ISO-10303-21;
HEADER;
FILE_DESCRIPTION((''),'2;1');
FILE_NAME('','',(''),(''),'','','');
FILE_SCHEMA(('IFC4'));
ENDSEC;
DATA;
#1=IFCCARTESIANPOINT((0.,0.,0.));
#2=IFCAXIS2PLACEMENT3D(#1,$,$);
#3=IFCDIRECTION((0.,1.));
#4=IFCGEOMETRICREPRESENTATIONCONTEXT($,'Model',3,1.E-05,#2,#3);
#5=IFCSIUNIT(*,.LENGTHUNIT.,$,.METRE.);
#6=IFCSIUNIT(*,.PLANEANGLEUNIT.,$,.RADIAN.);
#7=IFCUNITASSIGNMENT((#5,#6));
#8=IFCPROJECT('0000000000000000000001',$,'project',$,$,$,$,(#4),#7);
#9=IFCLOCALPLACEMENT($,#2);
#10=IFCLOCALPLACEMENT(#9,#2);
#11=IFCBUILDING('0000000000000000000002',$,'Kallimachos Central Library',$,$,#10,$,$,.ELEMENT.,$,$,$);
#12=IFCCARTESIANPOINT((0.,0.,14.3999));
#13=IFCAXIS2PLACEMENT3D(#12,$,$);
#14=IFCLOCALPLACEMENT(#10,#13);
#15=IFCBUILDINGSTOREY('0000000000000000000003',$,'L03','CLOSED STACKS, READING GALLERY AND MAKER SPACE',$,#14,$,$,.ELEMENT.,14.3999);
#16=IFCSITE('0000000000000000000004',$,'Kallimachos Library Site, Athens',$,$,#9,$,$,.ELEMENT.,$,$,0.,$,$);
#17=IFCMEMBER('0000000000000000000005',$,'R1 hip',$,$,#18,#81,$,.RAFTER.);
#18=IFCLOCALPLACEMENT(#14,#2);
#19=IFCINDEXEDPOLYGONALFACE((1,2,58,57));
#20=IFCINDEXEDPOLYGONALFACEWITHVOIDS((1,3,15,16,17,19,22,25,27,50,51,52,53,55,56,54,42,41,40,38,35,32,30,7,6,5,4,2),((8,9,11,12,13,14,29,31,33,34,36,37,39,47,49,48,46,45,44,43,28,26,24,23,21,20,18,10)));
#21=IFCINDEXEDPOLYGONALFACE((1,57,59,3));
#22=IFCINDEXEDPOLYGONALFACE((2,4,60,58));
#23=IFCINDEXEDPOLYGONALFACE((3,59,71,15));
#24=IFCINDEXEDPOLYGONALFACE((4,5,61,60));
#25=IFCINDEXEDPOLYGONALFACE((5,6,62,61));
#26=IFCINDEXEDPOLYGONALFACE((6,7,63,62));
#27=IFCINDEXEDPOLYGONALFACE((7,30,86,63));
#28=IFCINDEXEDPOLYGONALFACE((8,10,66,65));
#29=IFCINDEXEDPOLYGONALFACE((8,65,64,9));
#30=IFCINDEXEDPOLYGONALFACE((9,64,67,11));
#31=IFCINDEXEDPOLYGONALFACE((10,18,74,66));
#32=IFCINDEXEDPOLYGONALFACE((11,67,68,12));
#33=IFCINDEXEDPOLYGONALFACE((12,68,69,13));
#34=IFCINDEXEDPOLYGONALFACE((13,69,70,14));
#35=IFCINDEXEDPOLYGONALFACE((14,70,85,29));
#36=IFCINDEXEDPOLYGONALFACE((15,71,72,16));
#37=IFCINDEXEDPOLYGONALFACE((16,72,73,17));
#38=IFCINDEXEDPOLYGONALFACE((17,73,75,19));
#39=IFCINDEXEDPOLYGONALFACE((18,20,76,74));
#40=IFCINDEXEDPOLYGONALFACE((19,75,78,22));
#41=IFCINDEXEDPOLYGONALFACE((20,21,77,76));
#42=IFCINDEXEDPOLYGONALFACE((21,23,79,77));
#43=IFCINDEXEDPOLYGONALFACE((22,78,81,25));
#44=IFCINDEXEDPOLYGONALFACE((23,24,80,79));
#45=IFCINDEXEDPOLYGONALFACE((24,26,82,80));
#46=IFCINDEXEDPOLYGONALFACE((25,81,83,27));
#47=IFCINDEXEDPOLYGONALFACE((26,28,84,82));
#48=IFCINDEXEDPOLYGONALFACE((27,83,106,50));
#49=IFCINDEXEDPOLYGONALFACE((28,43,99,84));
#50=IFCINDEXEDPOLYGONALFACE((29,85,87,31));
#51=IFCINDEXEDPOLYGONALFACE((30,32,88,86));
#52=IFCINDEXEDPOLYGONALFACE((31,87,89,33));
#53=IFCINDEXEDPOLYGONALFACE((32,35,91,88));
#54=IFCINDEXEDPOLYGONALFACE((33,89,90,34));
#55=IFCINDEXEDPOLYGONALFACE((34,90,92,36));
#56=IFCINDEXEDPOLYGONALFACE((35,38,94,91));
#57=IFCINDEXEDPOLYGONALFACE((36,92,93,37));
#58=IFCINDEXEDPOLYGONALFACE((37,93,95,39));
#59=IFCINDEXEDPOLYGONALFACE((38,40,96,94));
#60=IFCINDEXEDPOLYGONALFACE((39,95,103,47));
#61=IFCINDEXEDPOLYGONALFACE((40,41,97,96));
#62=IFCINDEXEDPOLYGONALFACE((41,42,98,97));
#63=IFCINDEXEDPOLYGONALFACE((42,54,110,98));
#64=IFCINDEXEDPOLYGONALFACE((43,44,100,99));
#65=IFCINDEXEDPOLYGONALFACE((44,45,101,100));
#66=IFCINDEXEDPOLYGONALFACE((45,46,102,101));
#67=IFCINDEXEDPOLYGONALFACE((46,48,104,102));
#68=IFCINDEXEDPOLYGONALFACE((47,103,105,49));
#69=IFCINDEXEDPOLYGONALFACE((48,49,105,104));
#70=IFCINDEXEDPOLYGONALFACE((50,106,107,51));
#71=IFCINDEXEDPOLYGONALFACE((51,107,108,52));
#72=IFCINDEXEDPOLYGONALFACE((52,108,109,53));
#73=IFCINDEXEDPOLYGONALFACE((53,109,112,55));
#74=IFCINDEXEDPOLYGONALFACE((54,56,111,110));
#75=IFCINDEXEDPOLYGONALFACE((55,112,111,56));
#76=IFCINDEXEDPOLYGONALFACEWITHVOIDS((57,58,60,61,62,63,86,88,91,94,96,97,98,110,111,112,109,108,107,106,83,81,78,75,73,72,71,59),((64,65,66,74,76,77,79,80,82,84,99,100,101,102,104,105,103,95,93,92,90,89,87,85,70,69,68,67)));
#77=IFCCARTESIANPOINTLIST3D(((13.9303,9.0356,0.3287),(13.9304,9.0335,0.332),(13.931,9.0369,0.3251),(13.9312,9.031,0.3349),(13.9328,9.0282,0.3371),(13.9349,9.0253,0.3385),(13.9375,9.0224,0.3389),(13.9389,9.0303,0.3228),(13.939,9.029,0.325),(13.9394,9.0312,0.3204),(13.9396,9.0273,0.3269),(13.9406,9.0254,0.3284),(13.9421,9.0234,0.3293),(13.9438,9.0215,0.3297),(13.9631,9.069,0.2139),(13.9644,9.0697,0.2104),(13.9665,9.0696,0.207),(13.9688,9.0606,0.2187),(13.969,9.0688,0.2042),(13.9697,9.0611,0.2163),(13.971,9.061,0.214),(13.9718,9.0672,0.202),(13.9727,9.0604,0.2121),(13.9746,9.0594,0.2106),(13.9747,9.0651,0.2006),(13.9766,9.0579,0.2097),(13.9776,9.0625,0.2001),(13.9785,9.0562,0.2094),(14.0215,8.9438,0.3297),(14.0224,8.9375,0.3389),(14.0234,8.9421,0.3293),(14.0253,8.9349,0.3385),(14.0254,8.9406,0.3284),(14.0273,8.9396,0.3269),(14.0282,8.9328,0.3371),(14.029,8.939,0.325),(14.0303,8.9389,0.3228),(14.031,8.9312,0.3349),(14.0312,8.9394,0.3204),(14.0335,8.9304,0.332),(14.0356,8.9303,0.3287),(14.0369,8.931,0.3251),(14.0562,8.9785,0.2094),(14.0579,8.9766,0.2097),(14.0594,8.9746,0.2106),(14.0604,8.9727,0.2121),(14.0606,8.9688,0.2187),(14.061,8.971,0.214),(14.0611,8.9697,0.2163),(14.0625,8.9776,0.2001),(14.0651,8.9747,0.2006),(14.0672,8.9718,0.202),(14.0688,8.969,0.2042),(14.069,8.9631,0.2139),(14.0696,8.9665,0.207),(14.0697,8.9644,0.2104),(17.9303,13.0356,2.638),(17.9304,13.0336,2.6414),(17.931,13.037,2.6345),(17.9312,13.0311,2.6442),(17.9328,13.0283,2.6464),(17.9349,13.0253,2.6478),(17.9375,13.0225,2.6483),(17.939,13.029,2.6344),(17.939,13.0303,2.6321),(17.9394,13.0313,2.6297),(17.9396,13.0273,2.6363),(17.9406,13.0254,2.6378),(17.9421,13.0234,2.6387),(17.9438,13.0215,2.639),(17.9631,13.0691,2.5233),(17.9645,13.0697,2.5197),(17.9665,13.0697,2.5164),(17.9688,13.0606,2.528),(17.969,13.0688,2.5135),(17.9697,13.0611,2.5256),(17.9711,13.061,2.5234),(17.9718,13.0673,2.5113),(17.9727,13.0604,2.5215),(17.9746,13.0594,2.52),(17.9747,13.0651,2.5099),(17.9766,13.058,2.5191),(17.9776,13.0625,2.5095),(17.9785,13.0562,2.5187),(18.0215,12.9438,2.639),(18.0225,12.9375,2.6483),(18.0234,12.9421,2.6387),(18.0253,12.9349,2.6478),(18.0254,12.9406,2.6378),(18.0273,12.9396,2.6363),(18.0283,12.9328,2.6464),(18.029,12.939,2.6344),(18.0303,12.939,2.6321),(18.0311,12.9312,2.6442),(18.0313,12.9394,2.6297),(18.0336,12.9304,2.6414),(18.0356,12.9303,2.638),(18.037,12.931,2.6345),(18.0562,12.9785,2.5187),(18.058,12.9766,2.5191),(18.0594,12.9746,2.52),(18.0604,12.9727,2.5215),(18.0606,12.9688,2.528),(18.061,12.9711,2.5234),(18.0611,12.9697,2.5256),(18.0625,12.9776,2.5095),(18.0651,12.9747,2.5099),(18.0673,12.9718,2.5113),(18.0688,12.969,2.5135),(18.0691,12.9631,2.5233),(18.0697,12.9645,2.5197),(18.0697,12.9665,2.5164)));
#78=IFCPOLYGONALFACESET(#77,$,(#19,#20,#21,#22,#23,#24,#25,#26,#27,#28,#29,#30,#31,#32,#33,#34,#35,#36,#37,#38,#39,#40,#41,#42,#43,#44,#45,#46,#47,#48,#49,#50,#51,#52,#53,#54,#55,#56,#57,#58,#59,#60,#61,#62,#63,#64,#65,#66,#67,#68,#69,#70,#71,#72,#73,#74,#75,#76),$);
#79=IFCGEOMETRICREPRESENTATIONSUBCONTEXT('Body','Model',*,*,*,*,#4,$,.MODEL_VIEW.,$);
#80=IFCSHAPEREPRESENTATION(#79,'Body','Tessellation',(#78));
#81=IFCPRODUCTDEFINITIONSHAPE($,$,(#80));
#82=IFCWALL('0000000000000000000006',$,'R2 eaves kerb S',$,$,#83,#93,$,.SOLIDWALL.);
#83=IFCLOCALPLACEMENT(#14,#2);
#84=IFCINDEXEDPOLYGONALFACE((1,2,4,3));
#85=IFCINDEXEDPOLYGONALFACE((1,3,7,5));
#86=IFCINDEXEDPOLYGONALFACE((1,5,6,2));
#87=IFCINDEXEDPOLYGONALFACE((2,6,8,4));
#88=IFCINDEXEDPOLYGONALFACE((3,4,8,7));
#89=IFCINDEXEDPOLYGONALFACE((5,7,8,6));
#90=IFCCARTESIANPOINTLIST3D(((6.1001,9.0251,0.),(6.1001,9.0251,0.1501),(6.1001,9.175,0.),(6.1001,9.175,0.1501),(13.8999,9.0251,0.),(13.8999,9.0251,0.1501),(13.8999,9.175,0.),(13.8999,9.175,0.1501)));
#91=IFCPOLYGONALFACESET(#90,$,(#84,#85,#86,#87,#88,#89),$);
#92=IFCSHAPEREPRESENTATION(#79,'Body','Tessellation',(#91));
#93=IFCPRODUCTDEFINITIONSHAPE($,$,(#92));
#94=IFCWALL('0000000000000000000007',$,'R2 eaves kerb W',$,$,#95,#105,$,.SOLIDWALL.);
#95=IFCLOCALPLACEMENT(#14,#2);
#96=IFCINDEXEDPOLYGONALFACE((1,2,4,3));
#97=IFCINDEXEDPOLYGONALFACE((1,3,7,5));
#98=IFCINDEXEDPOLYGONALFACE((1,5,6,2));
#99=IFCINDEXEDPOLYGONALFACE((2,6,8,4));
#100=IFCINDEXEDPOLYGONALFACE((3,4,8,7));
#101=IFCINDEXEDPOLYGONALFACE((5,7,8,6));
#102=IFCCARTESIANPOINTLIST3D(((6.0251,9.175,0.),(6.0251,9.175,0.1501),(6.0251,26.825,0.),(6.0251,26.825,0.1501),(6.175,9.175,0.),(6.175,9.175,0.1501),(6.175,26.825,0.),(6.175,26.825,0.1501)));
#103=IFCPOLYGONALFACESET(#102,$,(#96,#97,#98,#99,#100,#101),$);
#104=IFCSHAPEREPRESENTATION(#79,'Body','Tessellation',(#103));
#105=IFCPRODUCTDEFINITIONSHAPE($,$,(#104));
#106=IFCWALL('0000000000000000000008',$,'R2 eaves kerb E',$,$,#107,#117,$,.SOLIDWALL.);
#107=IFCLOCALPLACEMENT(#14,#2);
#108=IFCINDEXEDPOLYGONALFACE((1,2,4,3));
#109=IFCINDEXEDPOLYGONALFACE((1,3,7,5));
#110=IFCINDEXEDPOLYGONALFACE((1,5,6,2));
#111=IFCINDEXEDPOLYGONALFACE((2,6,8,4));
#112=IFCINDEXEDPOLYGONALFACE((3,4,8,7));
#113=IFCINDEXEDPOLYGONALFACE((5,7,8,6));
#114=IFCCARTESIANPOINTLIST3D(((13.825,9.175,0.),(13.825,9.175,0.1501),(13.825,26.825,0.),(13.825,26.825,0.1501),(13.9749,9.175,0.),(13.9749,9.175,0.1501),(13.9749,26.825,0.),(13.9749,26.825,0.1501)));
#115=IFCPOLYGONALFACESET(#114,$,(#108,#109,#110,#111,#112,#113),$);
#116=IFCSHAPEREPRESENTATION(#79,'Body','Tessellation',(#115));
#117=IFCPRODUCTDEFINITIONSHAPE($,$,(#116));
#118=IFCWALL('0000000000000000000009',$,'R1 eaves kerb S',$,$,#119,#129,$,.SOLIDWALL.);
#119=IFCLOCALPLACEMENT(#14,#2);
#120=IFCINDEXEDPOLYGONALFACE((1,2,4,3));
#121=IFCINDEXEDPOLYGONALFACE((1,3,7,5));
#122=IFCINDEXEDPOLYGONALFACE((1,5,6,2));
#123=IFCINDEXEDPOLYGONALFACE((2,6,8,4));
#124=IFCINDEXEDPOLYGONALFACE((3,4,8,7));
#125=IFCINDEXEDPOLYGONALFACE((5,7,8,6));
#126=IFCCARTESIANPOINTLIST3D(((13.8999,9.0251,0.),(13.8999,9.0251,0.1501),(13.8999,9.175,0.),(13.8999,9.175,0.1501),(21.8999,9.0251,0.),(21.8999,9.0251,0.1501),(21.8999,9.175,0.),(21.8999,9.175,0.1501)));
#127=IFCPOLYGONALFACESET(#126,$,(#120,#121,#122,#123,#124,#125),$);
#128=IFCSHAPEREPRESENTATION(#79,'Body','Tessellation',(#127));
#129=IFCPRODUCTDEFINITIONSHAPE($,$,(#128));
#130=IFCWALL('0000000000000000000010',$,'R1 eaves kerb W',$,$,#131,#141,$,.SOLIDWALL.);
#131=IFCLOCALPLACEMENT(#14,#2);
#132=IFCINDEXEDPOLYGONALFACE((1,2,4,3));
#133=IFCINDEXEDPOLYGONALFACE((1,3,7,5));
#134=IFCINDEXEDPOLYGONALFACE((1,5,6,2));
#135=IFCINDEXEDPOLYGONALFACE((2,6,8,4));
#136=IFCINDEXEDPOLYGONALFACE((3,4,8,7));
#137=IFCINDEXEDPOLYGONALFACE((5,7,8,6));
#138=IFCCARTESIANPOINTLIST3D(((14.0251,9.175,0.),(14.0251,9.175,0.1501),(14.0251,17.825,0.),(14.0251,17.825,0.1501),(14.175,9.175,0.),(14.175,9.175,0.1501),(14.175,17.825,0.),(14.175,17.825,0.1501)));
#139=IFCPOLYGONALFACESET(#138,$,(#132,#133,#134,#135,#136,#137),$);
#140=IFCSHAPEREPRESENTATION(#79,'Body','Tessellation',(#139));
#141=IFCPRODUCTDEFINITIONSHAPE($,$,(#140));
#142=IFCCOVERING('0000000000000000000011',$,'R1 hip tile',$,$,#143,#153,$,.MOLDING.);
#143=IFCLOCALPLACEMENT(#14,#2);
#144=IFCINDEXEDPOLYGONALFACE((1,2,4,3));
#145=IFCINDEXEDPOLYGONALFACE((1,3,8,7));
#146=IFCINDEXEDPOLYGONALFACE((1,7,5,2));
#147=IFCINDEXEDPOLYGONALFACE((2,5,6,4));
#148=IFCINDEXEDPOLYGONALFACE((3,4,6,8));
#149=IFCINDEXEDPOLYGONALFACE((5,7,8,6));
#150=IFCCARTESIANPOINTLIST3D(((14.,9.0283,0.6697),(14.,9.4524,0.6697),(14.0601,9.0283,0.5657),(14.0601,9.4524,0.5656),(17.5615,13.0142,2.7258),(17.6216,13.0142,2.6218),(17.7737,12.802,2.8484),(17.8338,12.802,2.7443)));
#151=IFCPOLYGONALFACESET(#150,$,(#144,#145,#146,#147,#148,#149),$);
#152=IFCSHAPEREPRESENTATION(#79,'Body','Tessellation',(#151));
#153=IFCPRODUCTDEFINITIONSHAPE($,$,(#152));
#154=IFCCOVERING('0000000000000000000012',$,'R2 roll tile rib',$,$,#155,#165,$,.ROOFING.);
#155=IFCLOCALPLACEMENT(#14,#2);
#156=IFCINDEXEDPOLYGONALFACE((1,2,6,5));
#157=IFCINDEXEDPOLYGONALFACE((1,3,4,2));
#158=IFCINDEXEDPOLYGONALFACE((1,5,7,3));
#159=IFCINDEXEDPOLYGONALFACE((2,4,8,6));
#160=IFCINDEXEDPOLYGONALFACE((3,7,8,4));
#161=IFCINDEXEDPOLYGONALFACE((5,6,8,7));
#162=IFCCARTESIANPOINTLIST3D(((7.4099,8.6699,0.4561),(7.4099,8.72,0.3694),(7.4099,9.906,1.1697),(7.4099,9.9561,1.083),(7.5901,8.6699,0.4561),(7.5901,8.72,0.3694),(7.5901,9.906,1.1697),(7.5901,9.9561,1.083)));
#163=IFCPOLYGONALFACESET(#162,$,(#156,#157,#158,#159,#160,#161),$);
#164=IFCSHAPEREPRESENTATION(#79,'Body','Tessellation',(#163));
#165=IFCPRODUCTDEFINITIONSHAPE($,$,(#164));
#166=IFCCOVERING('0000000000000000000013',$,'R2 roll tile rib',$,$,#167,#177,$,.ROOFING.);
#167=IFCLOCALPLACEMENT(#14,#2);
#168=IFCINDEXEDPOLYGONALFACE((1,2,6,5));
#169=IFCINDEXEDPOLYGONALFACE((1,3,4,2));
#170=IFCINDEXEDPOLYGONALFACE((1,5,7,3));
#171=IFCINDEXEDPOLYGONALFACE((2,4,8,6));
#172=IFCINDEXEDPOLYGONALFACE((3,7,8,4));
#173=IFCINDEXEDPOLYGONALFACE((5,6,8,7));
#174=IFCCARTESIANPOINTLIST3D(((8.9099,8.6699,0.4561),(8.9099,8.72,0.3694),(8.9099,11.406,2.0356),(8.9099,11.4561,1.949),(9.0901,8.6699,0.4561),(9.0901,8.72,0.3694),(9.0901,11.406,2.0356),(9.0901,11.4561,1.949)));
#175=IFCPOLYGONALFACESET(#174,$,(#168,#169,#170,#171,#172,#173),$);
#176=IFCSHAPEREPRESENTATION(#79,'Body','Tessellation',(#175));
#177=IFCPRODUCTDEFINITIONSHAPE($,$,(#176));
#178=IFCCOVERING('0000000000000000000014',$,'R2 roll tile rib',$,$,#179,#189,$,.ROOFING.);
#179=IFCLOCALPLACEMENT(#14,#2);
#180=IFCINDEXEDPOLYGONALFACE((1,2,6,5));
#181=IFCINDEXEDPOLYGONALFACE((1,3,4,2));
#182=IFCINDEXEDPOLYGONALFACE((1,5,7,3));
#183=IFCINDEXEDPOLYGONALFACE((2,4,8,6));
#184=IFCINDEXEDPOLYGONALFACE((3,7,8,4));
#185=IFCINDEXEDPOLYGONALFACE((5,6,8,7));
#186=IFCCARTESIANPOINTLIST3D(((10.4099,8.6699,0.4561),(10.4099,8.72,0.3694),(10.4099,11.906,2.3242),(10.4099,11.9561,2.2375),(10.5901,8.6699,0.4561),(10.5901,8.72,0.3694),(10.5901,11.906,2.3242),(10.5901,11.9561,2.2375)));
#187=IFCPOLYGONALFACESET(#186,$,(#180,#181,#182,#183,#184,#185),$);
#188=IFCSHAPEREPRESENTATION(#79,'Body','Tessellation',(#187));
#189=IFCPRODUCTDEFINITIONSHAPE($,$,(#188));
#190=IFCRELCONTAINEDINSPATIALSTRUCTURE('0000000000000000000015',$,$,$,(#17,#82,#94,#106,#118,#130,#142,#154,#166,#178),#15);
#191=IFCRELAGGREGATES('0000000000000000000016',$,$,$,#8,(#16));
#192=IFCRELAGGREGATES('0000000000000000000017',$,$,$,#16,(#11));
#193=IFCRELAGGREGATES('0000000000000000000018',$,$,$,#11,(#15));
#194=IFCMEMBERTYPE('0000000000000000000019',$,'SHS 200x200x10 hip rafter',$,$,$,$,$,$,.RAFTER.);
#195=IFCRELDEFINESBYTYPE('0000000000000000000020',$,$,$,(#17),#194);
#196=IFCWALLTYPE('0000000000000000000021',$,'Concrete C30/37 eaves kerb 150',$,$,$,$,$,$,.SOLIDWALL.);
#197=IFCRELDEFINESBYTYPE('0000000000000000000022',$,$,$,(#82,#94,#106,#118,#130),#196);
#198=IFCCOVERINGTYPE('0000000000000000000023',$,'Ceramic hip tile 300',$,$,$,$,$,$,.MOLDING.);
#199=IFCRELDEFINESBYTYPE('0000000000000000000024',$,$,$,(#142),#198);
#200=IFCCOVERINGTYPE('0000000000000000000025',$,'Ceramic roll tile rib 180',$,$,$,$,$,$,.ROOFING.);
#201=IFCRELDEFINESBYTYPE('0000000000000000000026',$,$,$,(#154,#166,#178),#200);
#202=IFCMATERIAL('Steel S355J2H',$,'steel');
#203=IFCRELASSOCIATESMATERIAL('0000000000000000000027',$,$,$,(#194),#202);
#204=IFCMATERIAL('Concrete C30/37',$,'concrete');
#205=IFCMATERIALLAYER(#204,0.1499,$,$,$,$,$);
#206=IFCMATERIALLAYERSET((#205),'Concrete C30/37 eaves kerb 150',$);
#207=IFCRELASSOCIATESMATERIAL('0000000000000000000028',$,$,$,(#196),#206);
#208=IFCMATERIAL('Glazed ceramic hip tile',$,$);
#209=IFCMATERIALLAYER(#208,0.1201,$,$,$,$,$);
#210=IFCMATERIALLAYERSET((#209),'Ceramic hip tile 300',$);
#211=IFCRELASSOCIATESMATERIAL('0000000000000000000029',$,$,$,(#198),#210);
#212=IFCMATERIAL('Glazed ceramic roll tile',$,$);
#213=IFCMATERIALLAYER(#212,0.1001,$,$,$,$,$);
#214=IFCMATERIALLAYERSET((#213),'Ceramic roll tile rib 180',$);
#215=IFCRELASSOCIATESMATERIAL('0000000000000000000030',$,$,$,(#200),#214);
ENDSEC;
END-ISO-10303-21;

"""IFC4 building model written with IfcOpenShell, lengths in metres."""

from ifc_helpers import new_model, si_unit, direction, frame, frame_2d, origin, origin_2d, place, context, subcontext, project, spatial, polyline, rectangle, hollow_rectangle, outline, extrude, material, layer, layer_set, material_profile, profile_set, type_object, element, save


model = new_model("IFC4")

# Units and contexts
model_context = context("Model", 3, precision=1e-05, world=origin(), true_north=direction((0.0, 1.0)))
body_context = subcontext(model_context, "Body", "Model", "MODEL_VIEW")
ifc_project = project(units=[si_unit("LENGTHUNIT", "METRE"), si_unit("PLANEANGLEUNIT", "RADIAN")], contexts=[model_context])

# Site, building, storey
site_placement = place(None, origin())
site = spatial("IfcSite", under=ifc_project, at=site_placement, Name="Kallimachos Library Site, Athens", CompositionType="ELEMENT", RefElevation=0.0)
building_placement = place(site_placement, origin())
building = spatial("IfcBuilding", under=site, at=building_placement, Name="Kallimachos Central Library", CompositionType="ELEMENT")
storey_placement = place(building_placement, frame((0.0, 0.0, 14.3999)))
storey = spatial("IfcBuildingStorey", under=building, at=storey_placement, Name="L03", Description="CLOSED STACKS, READING GALLERY AND MAKER SPACE", CompositionType="ELEMENT", Elevation=14.3999)

# Member
ifc_material_1 = material(Name="Steel S355J2H", Category="steel")
ifc_material_profile_1 = material_profile(ifc_material_1, hollow_rectangle(XDim=0.1499, YDim=0.1499, WallThickness=0.01, InnerFilletRadius=0.01, OuterFilletRadius=0.0149, at=origin_2d()), Name="SHS 150x150x10")
ifc_profile_set_1 = profile_set([ifc_material_profile_1], Name="Steel S355J2H")
member_type_1 = type_object("IfcMemberType", Name="SHS 200x200x10 hip rafter", PredefinedType="RAFTER", material=ifc_profile_set_1)
for number, where, z_axis, x_axis, name in (
    (1, (14.0, 9.0, 0.2695), (0.654657, 0.654657, 0.377954), (-0.707107, 0.707107, 0.0), "R1 hip"),
):
    element("IfcMember", number, at=place(storey_placement, frame(where, z_axis=z_axis, x_axis=x_axis)), inside=storey, type_object=member_type_1, Name=name, PredefinedType="RAFTER", context=body_context, shape_type="SweptSolid", body=[
        extrude(hollow_rectangle(XDim=0.1499, YDim=0.1499, WallThickness=0.01, InnerFilletRadius=0.01, OuterFilletRadius=0.0149, at=origin_2d()), origin(), (0.0, 0.0, 1.0), 6.1101),
    ])

# Walls
ifc_material_2 = material(Name="Concrete C30/37", Category="concrete")
ifc_layer_1 = layer(ifc_material_2, 0.1499)
ifc_layer_set_1 = layer_set([ifc_layer_1], Name="Concrete C30/37 eaves kerb 150")
wall_type = type_object("IfcWallType", Name="Concrete C30/37 eaves kerb 150", PredefinedType="SOLIDWALL", material=ifc_layer_set_1)
wall_1_placement = place(storey_placement, frame((6.1001, 9.1001, 0.0), z_axis=(0.0, 0.0, 1.0), x_axis=(1.0, 0.0, 0.0)))
element("IfcWall", 2, at=wall_1_placement, inside=storey, type_object=wall_type, Name="R2 eaves kerb S", PredefinedType="SOLIDWALL", context=body_context, shape_type="SweptSolid", body=[
    extrude(rectangle(XDim=7.7998, YDim=0.1499, at=frame_2d((3.8999, 0.0))), origin(), (0.0, 0.0, 1.0), 0.1501),
])
for number, where, z_axis, x_axis, name in (
    (3, (6.1001, 9.175, 0.0), (0.0, 0.0, 1.0), (0.0, 1.0, 0.0), "R2 eaves kerb W"),
    (4, (13.8999, 9.175, 0.0), (0.0, 0.0, 1.0), (0.0, 1.0, 0.0), "R2 eaves kerb E"),
):
    element("IfcWall", number, at=place(storey_placement, frame(where, z_axis=z_axis, x_axis=x_axis)), inside=storey, type_object=wall_type, Name=name, PredefinedType="SOLIDWALL", context=body_context, shape_type="SweptSolid", body=[
        extrude(rectangle(XDim=17.6499, YDim=0.1499, at=frame_2d((8.825, 0.0))), origin(), (0.0, 0.0, 1.0), 0.1501),
    ])
wall_2_placement = place(storey_placement, frame((13.8999, 9.1001, 0.0), z_axis=(0.0, 0.0, 1.0), x_axis=(1.0, 0.0, 0.0)))
element("IfcWall", 5, at=wall_2_placement, inside=storey, type_object=wall_type, Name="R1 eaves kerb S", PredefinedType="SOLIDWALL", context=body_context, shape_type="SweptSolid", body=[
    extrude(rectangle(XDim=8.0, YDim=0.1499, at=frame_2d((4.0, 0.0))), origin(), (0.0, 0.0, 1.0), 0.1501),
])
wall_3_placement = place(storey_placement, frame((14.1001, 9.175, 0.0), z_axis=(0.0, 0.0, 1.0), x_axis=(0.0, 1.0, 0.0)))
element("IfcWall", 6, at=wall_3_placement, inside=storey, type_object=wall_type, Name="R1 eaves kerb W", PredefinedType="SOLIDWALL", context=body_context, shape_type="SweptSolid", body=[
    extrude(rectangle(XDim=8.6499, YDim=0.1499, at=frame_2d((4.325, 0.0))), origin(), (0.0, 0.0, 1.0), 0.1501),
])

# Coverings
ifc_material_3 = material(Name="Glazed ceramic hip tile")
ifc_layer_2 = layer(ifc_material_3, 0.1201)
ifc_layer_set_2 = layer_set([ifc_layer_2], Name="Ceramic hip tile 300")
covering_type_1 = type_object("IfcCoveringType", Name="Ceramic hip tile 300", PredefinedType="MOLDING", material=ifc_layer_set_2)
covering_1_placement = place(storey_placement, frame((14.0, 9.0283, 0.6697), z_axis=(-0.500045, 0.000074, 0.865999), x_axis=(0.000037, 1.0, -0.000064)))
element("IfcCovering", 7, at=covering_1_placement, inside=storey, type_object=covering_type_1, Name="R1 hip tile", PredefinedType="MOLDING", context=body_context, shape_type="SweptSolid", body=[
    extrude(outline(polyline([(0.0, 0.0), (0.4241, 0.0), (3.9858, -4.1124), (3.7737, -4.3575), (0.0, 0.0)])), origin(), (0.0, 0.0, -1.0), 0.1201),
])
ifc_material_4 = material(Name="Glazed ceramic roll tile")
ifc_layer_3 = layer(ifc_material_4, 0.1001)
ifc_layer_set_3 = layer_set([ifc_layer_3], Name="Ceramic roll tile rib 180")
covering_type_2 = type_object("IfcCoveringType", Name="Ceramic roll tile rib 180", PredefinedType="ROOFING", material=ifc_layer_set_3)
covering_2_placement = place(storey_placement, frame((7.4099, 8.6699, 0.4561), z_axis=(0.0, -0.499984, 0.866035), x_axis=(0.0, 0.866035, 0.499984)))
element("IfcCovering", 8, at=covering_2_placement, inside=storey, type_object=covering_type_2, Name="R2 roll tile rib", PredefinedType="ROOFING", context=body_context, shape_type="SweptSolid", body=[
    extrude(outline(polyline([(0.0, 0.0), (1.4273, 0.0), (1.4273, -0.1802), (0.0, -0.1802), (0.0, 0.0)])), origin(), (0.0, 0.0, -1.0), 0.1001),
])
covering_3_placement = place(storey_placement, frame((8.9099, 8.6699, 0.4561), z_axis=(0.0, -0.499979, 0.866038), x_axis=(0.0, 0.866038, 0.499979)))
element("IfcCovering", 9, at=covering_3_placement, inside=storey, type_object=covering_type_2, Name="R2 roll tile rib", PredefinedType="ROOFING", context=body_context, shape_type="SweptSolid", body=[
    extrude(outline(polyline([(0.0, 0.0), (3.1593, 0.0), (3.1593, -0.1802), (0.0, -0.1802), (0.0, 0.0)])), origin(), (0.0, 0.0, -1.0), 0.1001),
])
covering_4_placement = place(storey_placement, frame((10.4099, 8.6699, 0.4561), z_axis=(0.0, -0.499962, 0.866047), x_axis=(0.0, 0.866047, 0.499962)))
element("IfcCovering", 10, at=covering_4_placement, inside=storey, type_object=covering_type_2, Name="R2 roll tile rib", PredefinedType="ROOFING", context=body_context, shape_type="SweptSolid", body=[
    extrude(outline(polyline([(0.0, 0.0), (3.7366, 0.0), (3.7366, -0.1802), (0.0, -0.1802), (0.0, 0.0)])), origin(), (0.0, 0.0, -1.0), 0.1001),
])

save(model, "model.ifc")
